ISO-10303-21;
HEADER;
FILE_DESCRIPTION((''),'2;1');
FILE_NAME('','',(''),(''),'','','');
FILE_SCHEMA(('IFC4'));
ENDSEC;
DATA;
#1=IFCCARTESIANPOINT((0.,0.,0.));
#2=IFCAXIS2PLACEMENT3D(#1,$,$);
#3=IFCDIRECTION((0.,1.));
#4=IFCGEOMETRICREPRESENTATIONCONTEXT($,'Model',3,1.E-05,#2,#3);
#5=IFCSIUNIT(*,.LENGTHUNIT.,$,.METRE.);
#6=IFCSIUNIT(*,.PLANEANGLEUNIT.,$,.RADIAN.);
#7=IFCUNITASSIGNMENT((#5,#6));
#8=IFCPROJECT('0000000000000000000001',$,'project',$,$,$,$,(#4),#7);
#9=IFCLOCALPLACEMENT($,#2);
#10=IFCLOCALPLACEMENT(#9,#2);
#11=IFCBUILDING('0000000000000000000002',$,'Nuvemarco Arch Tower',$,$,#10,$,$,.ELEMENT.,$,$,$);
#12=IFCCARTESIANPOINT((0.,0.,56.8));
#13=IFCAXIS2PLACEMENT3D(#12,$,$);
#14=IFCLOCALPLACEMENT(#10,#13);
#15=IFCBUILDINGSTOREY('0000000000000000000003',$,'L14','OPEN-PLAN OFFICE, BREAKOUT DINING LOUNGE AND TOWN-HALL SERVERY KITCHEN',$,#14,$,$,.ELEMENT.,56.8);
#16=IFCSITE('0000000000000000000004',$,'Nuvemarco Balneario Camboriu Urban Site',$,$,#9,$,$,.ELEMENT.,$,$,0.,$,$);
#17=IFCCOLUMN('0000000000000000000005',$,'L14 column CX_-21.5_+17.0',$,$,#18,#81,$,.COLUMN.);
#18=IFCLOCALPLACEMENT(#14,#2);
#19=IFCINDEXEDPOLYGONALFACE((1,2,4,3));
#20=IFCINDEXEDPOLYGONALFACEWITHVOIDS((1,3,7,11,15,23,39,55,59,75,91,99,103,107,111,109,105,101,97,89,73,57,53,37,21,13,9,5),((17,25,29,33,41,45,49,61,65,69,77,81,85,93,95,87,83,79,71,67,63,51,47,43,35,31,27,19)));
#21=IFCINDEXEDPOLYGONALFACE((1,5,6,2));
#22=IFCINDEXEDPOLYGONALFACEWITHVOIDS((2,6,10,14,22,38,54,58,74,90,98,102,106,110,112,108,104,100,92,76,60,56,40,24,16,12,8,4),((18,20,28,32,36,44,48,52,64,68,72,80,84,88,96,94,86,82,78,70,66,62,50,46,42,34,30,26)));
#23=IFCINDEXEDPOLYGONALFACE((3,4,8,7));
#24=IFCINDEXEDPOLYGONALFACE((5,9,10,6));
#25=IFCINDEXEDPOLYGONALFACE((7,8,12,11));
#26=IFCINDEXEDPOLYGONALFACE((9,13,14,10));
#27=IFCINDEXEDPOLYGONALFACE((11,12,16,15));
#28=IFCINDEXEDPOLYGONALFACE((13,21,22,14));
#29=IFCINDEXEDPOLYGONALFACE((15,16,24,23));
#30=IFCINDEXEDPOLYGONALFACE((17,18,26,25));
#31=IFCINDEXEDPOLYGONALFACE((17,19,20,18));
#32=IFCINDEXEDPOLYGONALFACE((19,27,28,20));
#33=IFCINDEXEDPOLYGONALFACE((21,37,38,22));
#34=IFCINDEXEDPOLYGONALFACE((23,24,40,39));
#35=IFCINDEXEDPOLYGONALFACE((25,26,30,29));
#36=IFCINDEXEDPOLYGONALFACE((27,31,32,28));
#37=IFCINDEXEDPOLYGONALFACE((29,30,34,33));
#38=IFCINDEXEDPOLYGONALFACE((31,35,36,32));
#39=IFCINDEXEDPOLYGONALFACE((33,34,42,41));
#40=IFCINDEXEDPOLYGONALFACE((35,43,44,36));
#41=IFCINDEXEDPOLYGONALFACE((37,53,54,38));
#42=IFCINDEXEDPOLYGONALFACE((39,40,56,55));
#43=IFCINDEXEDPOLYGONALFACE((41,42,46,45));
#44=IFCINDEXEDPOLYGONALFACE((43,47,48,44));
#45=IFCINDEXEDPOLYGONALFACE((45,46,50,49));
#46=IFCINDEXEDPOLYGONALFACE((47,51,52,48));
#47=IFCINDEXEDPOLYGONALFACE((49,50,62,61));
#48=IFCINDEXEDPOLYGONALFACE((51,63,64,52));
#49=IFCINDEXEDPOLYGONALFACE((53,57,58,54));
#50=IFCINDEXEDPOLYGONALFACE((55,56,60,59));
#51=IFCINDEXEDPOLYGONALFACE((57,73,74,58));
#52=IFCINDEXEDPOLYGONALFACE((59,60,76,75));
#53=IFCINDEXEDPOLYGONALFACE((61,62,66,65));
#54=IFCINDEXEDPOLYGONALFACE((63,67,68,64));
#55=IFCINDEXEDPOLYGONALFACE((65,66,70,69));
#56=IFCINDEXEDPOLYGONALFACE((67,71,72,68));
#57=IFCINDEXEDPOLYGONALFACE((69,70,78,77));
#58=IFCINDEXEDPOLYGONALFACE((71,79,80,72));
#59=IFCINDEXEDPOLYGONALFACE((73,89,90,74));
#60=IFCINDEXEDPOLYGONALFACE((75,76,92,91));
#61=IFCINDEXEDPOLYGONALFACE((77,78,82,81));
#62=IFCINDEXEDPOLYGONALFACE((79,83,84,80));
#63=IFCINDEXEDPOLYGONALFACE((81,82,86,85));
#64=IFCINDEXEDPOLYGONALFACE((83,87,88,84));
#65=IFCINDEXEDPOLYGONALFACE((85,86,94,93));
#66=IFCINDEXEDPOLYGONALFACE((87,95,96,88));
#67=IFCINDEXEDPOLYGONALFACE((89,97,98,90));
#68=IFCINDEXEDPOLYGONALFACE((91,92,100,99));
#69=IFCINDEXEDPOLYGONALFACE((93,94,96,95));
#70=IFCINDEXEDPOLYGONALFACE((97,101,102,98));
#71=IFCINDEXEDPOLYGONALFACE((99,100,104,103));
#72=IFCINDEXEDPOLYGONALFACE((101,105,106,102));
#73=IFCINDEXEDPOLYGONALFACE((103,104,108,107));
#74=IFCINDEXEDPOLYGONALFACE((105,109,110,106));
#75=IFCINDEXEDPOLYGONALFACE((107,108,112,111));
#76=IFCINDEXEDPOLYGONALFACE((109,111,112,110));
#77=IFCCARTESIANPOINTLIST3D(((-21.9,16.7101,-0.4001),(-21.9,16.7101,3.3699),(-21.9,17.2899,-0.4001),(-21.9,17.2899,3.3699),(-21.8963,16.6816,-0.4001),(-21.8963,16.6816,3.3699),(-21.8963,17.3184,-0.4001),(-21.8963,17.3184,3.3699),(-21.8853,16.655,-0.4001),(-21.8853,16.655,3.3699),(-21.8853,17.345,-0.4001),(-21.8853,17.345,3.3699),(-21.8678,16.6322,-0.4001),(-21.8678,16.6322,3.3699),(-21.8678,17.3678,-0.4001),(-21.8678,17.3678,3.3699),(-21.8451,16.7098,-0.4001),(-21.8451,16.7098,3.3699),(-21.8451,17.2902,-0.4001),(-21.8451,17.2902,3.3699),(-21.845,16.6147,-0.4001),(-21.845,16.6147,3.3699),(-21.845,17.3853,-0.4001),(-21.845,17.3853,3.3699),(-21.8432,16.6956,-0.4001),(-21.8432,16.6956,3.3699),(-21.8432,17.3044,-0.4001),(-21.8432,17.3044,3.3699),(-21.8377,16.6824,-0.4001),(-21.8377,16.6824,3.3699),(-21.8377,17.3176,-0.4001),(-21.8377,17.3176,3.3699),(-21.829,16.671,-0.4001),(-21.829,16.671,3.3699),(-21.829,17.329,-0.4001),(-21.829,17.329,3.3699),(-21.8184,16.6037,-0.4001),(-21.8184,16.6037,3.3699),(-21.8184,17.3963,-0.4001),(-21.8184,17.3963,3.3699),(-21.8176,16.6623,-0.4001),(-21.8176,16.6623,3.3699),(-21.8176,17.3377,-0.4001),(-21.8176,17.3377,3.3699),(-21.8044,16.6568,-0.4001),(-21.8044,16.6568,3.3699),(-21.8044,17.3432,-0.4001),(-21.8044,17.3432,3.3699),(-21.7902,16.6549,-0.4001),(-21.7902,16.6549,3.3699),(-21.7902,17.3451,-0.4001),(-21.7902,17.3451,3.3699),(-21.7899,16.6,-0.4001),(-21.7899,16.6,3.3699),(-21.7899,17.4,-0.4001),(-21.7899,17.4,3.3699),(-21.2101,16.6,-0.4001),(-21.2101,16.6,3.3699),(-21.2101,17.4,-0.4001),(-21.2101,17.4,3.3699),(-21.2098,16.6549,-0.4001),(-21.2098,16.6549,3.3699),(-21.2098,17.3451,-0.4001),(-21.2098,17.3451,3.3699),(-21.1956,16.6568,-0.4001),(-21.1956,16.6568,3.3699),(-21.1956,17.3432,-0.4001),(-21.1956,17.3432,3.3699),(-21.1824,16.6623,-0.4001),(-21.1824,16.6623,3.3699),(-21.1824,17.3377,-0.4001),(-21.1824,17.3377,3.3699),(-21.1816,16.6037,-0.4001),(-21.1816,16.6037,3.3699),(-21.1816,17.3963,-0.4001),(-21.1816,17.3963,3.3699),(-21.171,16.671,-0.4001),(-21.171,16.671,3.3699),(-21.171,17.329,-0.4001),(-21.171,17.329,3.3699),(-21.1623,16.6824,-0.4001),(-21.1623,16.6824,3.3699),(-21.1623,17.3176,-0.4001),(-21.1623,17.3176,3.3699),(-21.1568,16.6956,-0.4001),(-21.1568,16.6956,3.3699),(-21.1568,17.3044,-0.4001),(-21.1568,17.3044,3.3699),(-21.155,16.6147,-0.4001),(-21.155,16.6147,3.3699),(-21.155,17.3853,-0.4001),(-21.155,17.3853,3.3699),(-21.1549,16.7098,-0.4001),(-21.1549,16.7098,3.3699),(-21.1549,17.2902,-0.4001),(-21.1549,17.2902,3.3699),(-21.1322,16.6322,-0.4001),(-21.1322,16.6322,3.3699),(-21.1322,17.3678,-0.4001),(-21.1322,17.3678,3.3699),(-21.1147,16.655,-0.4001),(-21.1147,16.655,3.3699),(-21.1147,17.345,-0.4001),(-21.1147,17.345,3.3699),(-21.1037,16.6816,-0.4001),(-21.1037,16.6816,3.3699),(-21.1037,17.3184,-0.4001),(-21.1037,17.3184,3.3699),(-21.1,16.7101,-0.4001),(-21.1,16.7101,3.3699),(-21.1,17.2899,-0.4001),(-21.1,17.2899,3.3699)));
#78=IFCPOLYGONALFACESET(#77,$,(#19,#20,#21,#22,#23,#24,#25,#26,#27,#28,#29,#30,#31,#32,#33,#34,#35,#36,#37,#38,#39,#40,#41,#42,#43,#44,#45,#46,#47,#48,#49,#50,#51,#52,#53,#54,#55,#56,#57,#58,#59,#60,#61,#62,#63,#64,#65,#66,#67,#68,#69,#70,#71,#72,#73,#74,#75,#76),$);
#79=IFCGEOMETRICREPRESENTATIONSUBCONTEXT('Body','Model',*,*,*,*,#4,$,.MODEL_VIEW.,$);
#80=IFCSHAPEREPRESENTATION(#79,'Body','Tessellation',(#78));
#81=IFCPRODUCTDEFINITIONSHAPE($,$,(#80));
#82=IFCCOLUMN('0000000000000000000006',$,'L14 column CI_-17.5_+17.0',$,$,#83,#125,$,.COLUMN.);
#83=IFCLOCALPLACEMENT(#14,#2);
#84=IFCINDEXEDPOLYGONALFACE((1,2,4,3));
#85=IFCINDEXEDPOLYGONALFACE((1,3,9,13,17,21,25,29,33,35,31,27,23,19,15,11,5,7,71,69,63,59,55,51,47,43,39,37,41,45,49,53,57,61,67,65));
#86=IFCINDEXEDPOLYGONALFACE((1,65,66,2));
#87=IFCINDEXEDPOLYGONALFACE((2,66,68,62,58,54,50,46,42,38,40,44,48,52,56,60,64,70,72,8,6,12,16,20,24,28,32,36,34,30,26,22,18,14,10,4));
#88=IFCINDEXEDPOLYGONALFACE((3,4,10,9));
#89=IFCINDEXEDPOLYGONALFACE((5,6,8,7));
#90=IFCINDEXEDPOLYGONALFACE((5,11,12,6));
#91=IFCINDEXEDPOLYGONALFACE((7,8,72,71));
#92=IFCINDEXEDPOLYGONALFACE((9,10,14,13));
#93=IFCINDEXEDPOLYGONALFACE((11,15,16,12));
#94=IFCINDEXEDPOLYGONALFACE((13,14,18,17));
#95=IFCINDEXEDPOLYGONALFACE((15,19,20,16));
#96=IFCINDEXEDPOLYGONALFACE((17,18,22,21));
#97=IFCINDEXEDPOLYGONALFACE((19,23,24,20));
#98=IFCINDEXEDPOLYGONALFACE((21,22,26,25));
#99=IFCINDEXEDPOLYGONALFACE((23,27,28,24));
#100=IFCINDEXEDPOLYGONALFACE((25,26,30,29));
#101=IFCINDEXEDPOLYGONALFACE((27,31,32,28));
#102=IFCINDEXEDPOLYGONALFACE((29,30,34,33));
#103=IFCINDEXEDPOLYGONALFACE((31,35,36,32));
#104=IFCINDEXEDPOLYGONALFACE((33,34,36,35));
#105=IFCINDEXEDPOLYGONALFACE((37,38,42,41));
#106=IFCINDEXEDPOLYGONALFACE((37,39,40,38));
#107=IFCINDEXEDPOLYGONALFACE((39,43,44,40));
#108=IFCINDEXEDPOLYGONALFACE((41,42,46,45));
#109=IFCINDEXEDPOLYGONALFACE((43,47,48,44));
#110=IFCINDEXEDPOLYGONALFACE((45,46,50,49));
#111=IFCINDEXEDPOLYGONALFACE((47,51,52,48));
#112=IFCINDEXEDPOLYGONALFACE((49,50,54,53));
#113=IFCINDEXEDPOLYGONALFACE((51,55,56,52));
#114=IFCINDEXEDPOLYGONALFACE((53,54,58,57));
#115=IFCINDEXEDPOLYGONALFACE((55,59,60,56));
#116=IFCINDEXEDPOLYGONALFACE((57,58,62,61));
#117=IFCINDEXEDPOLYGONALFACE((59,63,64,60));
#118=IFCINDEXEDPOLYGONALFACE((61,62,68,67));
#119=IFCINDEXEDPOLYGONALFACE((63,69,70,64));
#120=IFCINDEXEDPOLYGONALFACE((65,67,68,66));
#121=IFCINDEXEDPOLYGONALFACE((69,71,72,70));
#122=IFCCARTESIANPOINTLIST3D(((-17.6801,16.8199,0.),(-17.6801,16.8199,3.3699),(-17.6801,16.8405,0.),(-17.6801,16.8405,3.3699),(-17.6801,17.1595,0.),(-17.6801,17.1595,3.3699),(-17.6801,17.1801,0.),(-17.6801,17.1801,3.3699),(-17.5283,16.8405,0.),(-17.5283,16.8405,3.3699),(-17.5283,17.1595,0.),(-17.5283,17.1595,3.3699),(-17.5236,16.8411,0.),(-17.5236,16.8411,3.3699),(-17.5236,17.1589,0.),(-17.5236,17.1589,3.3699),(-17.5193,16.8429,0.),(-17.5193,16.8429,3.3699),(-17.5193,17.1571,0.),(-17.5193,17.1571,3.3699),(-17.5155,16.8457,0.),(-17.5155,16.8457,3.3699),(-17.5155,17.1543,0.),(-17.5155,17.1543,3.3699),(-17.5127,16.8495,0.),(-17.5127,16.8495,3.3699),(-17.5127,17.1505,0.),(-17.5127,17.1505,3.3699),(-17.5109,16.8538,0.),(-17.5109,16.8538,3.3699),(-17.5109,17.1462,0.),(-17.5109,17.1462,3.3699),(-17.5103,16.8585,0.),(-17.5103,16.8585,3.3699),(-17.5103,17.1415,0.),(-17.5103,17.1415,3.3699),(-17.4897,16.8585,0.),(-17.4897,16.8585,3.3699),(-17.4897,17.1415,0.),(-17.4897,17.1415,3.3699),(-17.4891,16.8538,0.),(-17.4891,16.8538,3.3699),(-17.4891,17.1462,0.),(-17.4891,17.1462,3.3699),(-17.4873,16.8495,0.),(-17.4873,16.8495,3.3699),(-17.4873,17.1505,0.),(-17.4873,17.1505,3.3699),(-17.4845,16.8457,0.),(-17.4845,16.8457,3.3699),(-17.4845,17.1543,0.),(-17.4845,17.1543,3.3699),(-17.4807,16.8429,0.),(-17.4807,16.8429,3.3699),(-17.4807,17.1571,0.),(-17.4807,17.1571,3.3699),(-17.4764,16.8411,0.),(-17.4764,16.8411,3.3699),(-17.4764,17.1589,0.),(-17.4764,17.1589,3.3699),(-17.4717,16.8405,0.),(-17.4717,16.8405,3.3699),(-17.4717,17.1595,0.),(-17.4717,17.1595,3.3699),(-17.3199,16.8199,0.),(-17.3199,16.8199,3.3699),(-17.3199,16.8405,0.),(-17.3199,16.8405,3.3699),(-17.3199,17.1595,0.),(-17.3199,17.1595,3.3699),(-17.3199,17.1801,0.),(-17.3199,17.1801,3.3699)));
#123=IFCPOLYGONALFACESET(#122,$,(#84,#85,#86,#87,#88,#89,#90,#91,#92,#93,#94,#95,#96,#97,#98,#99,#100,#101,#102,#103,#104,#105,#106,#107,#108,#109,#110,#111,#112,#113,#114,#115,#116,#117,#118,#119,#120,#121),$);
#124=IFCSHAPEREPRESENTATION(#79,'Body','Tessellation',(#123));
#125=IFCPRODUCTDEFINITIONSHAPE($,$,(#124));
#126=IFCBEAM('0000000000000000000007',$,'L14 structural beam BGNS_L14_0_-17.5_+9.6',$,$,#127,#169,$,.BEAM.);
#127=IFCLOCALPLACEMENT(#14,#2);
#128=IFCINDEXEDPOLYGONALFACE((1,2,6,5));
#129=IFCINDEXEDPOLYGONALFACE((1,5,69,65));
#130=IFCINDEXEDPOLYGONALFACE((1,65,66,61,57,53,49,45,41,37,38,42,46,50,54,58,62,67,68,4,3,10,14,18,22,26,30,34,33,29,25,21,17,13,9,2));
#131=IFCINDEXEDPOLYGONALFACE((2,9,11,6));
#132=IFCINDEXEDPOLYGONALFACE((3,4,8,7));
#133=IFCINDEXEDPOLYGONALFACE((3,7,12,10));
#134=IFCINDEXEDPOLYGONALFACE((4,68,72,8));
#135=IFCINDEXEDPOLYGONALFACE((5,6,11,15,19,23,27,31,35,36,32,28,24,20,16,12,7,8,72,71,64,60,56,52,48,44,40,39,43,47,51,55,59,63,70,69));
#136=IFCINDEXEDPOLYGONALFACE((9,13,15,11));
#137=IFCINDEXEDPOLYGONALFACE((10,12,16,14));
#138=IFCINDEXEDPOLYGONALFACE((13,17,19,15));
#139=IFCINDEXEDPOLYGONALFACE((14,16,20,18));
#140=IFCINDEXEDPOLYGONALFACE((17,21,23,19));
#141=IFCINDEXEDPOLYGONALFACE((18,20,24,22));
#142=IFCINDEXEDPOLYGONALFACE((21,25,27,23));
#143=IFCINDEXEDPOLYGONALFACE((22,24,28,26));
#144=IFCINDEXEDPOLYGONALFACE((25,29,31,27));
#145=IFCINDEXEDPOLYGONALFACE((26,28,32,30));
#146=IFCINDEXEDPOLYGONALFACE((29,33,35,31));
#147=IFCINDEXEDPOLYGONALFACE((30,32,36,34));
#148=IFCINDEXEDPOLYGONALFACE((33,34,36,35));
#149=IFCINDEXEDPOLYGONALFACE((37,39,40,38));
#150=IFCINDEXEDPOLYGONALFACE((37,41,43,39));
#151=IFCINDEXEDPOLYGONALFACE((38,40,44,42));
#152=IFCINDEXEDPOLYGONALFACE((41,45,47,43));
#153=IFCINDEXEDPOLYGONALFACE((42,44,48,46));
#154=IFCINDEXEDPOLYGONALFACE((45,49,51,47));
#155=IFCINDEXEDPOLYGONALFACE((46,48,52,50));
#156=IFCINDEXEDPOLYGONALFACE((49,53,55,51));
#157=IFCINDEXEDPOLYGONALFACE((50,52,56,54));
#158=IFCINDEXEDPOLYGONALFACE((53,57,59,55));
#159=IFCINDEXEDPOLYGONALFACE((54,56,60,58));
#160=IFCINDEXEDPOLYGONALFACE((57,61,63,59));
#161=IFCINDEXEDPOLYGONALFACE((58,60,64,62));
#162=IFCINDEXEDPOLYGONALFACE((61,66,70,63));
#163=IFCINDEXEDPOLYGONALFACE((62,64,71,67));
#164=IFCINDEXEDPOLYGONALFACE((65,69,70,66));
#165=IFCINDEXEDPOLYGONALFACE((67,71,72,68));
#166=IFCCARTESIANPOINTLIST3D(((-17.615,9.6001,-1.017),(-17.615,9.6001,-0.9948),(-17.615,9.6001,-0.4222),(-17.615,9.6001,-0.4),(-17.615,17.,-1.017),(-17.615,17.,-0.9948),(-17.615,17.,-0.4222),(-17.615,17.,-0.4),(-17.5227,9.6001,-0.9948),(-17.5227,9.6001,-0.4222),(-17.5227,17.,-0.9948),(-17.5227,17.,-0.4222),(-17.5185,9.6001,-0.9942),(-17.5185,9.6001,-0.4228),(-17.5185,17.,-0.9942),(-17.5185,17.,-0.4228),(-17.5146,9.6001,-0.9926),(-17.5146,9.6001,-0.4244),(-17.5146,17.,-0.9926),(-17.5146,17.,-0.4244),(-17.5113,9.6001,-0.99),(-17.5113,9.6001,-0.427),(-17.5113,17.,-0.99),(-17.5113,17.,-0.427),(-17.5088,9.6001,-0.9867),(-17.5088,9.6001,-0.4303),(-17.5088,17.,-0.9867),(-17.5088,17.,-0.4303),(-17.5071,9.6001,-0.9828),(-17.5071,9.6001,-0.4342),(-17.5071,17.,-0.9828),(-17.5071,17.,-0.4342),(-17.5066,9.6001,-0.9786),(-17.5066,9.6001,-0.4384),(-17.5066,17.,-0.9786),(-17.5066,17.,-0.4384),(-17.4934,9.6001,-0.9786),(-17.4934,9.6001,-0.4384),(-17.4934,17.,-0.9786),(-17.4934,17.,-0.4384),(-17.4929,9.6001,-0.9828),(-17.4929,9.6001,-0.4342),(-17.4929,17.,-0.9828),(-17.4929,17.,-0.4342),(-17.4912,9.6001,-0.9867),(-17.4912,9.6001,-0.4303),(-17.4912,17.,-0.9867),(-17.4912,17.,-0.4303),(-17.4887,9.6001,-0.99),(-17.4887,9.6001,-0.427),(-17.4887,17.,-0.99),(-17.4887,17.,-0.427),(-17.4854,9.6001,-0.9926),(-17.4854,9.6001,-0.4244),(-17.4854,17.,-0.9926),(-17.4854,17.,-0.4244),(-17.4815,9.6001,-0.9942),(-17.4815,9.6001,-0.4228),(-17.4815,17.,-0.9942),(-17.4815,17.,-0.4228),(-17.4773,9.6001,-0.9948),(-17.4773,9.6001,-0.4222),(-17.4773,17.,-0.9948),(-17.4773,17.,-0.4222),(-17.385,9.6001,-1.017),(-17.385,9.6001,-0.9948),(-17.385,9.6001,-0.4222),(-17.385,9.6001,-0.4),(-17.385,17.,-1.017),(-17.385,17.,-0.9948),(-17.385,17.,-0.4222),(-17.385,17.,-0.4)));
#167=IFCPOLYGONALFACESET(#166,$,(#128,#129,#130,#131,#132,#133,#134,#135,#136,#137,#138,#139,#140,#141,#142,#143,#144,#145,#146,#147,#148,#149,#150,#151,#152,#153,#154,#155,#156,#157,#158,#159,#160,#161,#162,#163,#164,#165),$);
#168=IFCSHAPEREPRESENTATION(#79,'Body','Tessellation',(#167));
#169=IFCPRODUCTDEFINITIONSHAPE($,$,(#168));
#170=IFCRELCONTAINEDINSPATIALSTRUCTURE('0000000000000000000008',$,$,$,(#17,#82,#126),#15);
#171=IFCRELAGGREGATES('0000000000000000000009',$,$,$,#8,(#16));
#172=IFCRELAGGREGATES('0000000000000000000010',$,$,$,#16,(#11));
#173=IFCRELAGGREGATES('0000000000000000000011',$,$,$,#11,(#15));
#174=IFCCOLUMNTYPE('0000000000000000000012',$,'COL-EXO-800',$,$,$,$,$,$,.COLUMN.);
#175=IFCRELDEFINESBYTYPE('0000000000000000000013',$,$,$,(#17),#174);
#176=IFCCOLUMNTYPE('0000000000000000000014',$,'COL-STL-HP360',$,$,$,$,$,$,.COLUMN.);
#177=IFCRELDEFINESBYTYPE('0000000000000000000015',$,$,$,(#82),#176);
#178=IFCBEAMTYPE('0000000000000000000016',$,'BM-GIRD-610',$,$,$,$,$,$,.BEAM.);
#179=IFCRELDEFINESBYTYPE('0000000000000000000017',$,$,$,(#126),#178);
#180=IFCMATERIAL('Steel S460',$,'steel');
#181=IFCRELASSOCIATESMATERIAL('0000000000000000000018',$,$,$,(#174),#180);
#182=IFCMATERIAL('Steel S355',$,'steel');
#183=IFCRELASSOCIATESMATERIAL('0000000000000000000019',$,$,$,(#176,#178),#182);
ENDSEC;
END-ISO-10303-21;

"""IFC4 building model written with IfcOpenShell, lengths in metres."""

from ifc_helpers import new_model, si_unit, direction, frame, origin, origin_2d, place, context, subcontext, project, spatial, hollow_rectangle, i_section, extrude, material, material_profile, profile_set, type_object, element, save


model = new_model("IFC4")

# Units and contexts
model_context = context("Model", 3, precision=1e-05, world=origin(), true_north=direction((0.0, 1.0)))
body_context = subcontext(model_context, "Body", "Model", "MODEL_VIEW")
ifc_project = project(units=[si_unit("LENGTHUNIT", "METRE"), si_unit("PLANEANGLEUNIT", "RADIAN")], contexts=[model_context])

# Site, building, storey
site_placement = place(None, origin())
site = spatial("IfcSite", under=ifc_project, at=site_placement, Name="Nuvemarco Balneario Camboriu Urban Site", CompositionType="ELEMENT", RefElevation=0.0)
building_placement = place(site_placement, origin())
building = spatial("IfcBuilding", under=site, at=building_placement, Name="Nuvemarco Arch Tower", CompositionType="ELEMENT")
storey_placement = place(building_placement, frame((0.0, 0.0, 56.8)))
storey = spatial("IfcBuildingStorey", under=building, at=storey_placement, Name="L14", Description="OPEN-PLAN OFFICE, BREAKOUT DINING LOUNGE AND TOWN-HALL SERVERY KITCHEN", CompositionType="ELEMENT", Elevation=56.8)

# Columns
ifc_material_1 = material(Name="Steel S460", Category="steel")
ifc_material_profile_1 = material_profile(ifc_material_1, hollow_rectangle(XDim=0.8, YDim=0.8, WallThickness=0.0549, InnerFilletRadius=0.0549, OuterFilletRadius=0.1101, at=origin_2d()), Name="SHS800x800x55")
ifc_profile_set_1 = profile_set([ifc_material_profile_1], Name="Steel S460")
column_type_1 = type_object("IfcColumnType", Name="COL-EXO-800", PredefinedType="COLUMN", material=ifc_profile_set_1)
column_1_placement = place(storey_placement, frame((-21.5, 17.0, -0.4001), z_axis=(0.0, 0.0, 1.0), x_axis=(1.0, 0.0, 0.0)))
element("IfcColumn", 1, at=column_1_placement, inside=storey, type_object=column_type_1, Name="L14 column CX_-21.5_+17.0", PredefinedType="COLUMN", context=body_context, shape_type="SweptSolid", body=[
    extrude(hollow_rectangle(XDim=0.8, YDim=0.8, WallThickness=0.0549, InnerFilletRadius=0.0549, OuterFilletRadius=0.1101, at=origin_2d()), origin(), (0.0, 0.0, 1.0), 3.77),
])
ifc_material_2 = material(Name="Steel S355", Category="steel")
ifc_material_profile_2 = material_profile(ifc_material_2, i_section(OverallWidth=0.3601, OverallDepth=0.3601, WebThickness=0.0205, FlangeThickness=0.0205, FilletRadius=0.0181, at=origin_2d()), Name="HP360x174")
ifc_profile_set_2 = profile_set([ifc_material_profile_2], Name="Steel S355")
column_type_2 = type_object("IfcColumnType", Name="COL-STL-HP360", PredefinedType="COLUMN", material=ifc_profile_set_2)
column_2_placement = place(storey_placement, frame((-17.5, 17.0, 0.0), z_axis=(0.0, 0.0, 1.0), x_axis=(1.0, 0.0, 0.0)))
element("IfcColumn", 2, at=column_2_placement, inside=storey, type_object=column_type_2, Name="L14 column CI_-17.5_+17.0", PredefinedType="COLUMN", context=body_context, shape_type="SweptSolid", body=[
    extrude(i_section(OverallWidth=0.3601, OverallDepth=0.3601, WebThickness=0.0205, FlangeThickness=0.0205, FilletRadius=0.0181, at=origin_2d()), origin(), (0.0, 0.0, 1.0), 3.3699),
])

# Beam
ifc_material_profile_3 = material_profile(ifc_material_2, i_section(OverallWidth=0.23, OverallDepth=0.6169, WebThickness=0.0132, FlangeThickness=0.0222, FilletRadius=0.0161, at=origin_2d()), Name="W610x140")
ifc_profile_set_3 = profile_set([ifc_material_profile_3], Name="Steel S355")
beam_type_1 = type_object("IfcBeamType", Name="BM-GIRD-610", PredefinedType="BEAM", material=ifc_profile_set_3)
beam_1_placement = place(storey_placement, frame((-17.5, 9.6001, -0.7085), z_axis=(0.0, 1.0, 0.0), x_axis=(-1.0, 0.0, 0.0)))
element("IfcBeam", 3, at=beam_1_placement, inside=storey, type_object=beam_type_1, Name="L14 structural beam BGNS_L14_0_-17.5_+9.6", PredefinedType="BEAM", context=body_context, shape_type="SweptSolid", body=[
    extrude(i_section(OverallWidth=0.23, OverallDepth=0.6169, WebThickness=0.0132, FlangeThickness=0.0222, FilletRadius=0.0161, at=origin_2d()), origin(), (0.0, 0.0, 1.0), 7.3999),
])

save(model, "model.ifc")
